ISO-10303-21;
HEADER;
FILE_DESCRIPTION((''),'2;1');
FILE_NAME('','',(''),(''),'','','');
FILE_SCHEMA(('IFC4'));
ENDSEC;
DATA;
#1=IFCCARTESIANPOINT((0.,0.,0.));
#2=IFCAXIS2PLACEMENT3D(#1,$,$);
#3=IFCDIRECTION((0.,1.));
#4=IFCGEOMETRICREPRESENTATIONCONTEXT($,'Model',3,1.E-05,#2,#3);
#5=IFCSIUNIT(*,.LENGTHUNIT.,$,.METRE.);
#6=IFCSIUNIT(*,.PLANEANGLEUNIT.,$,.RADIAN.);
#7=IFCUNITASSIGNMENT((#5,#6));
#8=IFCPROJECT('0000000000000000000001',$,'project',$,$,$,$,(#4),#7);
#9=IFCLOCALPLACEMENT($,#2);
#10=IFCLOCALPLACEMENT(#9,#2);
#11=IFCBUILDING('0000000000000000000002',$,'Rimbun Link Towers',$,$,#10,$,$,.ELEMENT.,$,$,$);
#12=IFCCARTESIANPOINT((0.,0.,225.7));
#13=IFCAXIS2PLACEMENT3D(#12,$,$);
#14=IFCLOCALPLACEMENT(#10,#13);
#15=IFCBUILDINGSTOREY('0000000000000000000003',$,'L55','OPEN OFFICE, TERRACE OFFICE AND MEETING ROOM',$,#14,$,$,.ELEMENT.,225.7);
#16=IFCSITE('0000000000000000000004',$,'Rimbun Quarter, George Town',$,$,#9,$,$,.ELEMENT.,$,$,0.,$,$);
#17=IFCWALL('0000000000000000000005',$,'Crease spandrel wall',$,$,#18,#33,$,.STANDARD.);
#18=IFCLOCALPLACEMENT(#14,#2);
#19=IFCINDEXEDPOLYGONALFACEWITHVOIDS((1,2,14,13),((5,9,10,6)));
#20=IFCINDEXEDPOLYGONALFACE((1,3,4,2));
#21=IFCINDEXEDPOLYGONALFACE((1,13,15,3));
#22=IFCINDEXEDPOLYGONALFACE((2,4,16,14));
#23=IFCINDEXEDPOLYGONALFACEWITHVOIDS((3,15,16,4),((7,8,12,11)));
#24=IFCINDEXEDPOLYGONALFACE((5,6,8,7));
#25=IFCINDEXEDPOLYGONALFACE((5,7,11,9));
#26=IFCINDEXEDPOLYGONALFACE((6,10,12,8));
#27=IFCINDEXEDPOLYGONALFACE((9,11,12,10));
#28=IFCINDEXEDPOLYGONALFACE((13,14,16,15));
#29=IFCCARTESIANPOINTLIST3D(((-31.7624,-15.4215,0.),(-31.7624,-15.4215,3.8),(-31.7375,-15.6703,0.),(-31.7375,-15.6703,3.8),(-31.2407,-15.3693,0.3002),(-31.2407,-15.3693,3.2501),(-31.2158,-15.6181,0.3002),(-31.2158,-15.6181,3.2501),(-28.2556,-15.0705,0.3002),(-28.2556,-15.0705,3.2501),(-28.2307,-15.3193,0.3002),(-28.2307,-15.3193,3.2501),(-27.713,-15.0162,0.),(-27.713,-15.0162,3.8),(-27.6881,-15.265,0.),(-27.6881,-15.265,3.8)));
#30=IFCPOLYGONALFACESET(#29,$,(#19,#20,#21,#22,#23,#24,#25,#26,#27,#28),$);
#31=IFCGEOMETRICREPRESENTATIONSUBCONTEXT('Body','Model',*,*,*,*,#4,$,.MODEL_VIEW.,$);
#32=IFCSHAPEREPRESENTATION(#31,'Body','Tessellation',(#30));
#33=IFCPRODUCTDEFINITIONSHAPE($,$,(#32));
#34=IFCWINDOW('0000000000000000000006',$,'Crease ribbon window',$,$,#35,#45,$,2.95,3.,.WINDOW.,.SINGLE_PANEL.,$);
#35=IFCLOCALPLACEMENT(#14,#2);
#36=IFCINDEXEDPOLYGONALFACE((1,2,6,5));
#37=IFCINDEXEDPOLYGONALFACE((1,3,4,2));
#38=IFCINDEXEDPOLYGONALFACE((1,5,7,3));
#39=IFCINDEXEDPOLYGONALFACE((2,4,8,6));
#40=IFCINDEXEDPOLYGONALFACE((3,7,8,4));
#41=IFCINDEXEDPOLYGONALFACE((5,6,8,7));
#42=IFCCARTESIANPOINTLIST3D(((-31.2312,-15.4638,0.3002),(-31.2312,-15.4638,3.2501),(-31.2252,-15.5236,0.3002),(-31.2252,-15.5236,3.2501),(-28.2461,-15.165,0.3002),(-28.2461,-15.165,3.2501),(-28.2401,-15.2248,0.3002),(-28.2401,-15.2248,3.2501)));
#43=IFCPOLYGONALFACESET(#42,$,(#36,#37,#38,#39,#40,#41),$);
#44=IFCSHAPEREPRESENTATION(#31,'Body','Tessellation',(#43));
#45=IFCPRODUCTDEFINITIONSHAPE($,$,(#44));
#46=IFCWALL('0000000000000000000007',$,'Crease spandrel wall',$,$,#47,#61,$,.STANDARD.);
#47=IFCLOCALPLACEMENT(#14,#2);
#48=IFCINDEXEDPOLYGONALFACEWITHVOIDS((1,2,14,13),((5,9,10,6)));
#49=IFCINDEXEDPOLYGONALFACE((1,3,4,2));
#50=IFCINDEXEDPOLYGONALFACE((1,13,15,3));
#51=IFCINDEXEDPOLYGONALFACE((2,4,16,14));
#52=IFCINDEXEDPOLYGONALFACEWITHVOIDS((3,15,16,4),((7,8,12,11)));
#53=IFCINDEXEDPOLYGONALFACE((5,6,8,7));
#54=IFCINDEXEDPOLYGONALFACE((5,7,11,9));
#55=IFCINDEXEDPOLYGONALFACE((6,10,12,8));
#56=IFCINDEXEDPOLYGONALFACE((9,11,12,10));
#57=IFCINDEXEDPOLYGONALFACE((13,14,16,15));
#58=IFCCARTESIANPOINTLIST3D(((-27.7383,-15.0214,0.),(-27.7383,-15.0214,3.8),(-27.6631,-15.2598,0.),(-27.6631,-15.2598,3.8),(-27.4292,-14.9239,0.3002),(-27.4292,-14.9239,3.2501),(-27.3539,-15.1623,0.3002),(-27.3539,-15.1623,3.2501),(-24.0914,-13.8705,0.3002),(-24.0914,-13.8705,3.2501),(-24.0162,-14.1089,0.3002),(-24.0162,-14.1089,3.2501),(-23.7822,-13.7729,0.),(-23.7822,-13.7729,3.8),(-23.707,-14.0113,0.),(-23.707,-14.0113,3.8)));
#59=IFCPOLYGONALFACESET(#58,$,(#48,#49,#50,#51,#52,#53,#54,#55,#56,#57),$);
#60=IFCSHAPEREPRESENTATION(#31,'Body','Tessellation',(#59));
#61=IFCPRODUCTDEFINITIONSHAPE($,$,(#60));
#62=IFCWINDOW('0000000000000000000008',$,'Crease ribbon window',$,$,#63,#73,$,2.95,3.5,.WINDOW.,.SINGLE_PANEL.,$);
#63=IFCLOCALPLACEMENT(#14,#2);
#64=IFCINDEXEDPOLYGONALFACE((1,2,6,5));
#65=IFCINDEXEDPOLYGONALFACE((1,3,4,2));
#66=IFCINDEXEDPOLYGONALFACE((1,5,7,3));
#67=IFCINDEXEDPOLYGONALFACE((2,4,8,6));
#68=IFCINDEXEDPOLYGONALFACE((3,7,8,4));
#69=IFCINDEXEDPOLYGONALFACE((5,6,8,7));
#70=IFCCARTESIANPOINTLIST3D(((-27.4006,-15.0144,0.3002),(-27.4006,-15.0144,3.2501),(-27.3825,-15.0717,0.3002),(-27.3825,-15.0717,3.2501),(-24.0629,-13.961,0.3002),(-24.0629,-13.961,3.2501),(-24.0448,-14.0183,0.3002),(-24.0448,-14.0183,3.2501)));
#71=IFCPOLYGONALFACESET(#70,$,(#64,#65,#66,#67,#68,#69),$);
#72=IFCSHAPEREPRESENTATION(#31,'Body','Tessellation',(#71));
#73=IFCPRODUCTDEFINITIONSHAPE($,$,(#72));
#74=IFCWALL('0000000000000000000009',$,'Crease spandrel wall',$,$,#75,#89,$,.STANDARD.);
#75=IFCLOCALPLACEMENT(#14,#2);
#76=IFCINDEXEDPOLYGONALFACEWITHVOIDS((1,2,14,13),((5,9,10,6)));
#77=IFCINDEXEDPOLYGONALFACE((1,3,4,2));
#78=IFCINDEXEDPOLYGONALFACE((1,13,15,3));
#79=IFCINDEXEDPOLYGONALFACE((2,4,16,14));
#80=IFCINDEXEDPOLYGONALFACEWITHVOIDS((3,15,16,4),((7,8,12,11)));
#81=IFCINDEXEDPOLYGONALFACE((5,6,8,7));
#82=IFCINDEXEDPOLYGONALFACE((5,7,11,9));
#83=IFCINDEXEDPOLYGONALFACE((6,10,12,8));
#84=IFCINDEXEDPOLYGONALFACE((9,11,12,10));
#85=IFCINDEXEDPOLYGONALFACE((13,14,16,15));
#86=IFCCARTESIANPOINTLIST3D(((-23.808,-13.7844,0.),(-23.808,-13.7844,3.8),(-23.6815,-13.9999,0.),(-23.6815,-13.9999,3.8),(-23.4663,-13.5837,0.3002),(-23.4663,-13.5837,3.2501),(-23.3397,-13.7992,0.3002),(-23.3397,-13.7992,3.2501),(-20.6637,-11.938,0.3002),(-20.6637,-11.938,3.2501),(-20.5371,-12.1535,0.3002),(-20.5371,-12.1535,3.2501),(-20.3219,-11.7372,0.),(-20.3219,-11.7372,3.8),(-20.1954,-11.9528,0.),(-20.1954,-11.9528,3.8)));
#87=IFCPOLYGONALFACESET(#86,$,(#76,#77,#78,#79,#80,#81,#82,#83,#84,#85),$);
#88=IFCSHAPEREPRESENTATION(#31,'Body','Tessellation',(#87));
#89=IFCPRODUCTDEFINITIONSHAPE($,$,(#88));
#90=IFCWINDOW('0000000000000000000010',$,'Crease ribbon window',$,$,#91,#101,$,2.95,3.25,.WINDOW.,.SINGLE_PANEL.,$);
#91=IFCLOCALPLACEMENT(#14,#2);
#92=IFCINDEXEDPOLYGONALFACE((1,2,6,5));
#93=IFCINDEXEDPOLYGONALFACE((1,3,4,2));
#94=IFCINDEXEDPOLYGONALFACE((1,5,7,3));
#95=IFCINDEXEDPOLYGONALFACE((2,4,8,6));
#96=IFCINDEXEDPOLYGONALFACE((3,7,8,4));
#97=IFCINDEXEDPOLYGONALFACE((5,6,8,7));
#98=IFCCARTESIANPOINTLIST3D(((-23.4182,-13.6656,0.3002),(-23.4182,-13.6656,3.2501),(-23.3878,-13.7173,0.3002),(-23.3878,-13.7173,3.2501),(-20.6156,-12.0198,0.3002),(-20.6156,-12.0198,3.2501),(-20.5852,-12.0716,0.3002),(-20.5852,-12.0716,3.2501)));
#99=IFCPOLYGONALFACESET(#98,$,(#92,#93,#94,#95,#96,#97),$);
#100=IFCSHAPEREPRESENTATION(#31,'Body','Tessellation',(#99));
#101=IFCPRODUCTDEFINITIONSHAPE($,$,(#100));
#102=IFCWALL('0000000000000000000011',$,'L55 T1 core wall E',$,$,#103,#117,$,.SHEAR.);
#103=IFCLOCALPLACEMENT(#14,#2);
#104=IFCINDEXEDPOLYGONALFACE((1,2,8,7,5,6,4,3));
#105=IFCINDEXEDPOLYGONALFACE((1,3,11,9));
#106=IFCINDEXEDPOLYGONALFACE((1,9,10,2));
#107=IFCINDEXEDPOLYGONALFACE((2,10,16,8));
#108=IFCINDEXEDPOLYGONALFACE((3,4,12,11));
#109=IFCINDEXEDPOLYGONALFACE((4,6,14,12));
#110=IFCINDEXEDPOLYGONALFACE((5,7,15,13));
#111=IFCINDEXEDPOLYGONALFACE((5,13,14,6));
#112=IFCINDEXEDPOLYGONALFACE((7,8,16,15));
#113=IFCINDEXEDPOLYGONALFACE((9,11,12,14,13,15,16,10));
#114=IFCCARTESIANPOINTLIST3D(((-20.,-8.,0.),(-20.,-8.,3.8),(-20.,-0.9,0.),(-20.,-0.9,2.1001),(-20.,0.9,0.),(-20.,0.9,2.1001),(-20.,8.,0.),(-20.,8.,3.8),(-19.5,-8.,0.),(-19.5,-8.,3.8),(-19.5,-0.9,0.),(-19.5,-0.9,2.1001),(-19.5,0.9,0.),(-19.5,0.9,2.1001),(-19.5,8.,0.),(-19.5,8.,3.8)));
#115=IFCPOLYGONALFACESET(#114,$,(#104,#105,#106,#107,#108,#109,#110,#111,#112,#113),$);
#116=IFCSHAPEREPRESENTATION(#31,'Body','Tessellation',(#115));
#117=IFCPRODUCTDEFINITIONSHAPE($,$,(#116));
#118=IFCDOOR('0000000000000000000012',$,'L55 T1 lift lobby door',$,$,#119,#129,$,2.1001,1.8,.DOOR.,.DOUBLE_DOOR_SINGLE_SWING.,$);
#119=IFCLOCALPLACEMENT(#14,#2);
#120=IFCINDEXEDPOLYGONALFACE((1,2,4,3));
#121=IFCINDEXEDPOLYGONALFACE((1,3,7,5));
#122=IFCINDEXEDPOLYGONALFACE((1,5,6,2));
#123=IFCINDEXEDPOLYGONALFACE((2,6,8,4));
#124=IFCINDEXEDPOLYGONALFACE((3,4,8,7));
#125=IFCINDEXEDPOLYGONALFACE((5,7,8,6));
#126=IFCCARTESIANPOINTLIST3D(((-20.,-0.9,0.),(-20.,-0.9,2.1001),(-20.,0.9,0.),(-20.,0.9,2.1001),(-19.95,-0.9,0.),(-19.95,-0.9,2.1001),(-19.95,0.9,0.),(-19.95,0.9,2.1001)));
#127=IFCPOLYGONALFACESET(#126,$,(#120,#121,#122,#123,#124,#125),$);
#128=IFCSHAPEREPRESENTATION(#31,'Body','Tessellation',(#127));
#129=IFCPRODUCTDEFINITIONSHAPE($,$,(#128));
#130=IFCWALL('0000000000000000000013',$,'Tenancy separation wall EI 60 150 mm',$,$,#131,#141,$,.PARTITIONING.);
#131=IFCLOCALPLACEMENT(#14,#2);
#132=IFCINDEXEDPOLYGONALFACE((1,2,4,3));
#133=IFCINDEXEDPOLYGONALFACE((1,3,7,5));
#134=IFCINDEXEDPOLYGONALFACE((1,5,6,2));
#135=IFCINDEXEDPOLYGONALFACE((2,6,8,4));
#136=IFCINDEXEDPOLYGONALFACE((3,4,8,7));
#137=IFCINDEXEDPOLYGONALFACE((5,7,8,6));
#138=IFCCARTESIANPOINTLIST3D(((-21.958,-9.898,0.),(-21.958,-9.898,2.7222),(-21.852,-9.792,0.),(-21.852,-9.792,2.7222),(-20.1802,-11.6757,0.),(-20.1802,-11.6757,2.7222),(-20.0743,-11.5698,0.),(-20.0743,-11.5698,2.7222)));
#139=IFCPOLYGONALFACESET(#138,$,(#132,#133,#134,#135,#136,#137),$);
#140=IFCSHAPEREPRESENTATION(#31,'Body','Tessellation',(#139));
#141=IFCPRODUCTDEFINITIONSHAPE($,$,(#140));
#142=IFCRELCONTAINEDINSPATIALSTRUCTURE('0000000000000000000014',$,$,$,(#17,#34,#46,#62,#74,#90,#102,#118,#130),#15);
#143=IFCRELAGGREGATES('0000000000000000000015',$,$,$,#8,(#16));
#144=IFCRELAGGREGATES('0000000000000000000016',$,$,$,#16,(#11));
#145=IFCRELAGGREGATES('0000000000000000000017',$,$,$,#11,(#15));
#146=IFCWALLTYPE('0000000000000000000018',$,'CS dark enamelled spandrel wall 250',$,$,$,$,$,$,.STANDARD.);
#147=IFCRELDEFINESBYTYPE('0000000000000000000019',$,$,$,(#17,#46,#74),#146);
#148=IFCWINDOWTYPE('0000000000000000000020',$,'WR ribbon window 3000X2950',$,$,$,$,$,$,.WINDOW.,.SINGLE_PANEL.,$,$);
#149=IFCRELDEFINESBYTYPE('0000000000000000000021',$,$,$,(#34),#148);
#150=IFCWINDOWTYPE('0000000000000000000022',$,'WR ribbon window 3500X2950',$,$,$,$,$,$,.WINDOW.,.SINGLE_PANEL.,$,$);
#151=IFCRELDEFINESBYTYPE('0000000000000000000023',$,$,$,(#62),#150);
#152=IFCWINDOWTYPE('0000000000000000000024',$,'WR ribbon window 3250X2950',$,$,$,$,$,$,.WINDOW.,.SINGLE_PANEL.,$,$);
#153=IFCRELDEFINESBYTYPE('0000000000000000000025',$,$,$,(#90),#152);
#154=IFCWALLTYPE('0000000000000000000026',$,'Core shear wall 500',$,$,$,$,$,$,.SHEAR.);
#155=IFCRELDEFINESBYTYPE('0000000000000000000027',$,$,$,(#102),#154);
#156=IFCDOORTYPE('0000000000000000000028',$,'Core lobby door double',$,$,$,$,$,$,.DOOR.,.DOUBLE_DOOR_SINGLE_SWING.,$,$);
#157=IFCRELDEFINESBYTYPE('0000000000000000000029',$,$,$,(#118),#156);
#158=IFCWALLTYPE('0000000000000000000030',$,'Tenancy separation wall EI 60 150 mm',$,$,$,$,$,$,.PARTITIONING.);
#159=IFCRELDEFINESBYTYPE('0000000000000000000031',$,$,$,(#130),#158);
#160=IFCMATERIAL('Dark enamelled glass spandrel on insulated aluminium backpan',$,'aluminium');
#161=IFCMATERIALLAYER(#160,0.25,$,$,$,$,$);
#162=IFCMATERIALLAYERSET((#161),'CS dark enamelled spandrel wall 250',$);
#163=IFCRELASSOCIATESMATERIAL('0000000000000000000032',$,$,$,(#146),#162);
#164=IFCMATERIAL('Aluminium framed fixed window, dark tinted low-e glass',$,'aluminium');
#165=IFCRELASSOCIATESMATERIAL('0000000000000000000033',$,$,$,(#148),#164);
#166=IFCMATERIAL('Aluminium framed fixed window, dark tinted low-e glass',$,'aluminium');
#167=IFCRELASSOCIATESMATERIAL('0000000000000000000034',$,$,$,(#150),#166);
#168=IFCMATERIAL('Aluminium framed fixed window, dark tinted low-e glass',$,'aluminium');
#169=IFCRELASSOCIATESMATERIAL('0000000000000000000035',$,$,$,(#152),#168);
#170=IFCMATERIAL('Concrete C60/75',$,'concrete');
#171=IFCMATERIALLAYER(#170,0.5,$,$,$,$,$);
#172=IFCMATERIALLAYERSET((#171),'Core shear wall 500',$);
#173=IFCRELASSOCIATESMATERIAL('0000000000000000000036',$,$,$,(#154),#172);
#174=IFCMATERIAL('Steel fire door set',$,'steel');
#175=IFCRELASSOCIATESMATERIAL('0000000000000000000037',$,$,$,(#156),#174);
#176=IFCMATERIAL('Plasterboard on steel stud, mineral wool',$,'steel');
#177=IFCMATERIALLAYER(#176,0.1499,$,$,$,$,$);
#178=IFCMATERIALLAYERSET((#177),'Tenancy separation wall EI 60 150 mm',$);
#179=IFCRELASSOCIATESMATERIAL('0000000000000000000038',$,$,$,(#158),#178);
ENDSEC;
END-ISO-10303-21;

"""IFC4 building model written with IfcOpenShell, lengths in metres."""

from ifc_helpers import new_model, si_unit, direction, frame, frame_2d, origin, place, context, subcontext, project, spatial, rectangle, extrude, material, layer, layer_set, type_object, element, fill, save


model = new_model("IFC4")

# Units and contexts
model_context = context("Model", 3, precision=1e-05, world=origin(), true_north=direction((0.0, 1.0)))
body_context = subcontext(model_context, "Body", "Model", "MODEL_VIEW")
ifc_project = project(units=[si_unit("LENGTHUNIT", "METRE"), si_unit("PLANEANGLEUNIT", "RADIAN")], contexts=[model_context])

# Site, building, storey
site_placement = place(None, origin())
site = spatial("IfcSite", under=ifc_project, at=site_placement, Name="Rimbun Quarter, George Town", CompositionType="ELEMENT", RefElevation=0.0)
building_placement = place(site_placement, origin())
building = spatial("IfcBuilding", under=site, at=building_placement, Name="Rimbun Link Towers", CompositionType="ELEMENT")
storey_placement = place(building_placement, frame((0.0, 0.0, 225.7)))
storey = spatial("IfcBuildingStorey", under=building, at=storey_placement, Name="L55", Description="OPEN OFFICE, TERRACE OFFICE AND MEETING ROOM", CompositionType="ELEMENT", Elevation=225.7)

# Walls, openings, windows
ifc_material_1 = material(Name="Dark enamelled glass spandrel on insulated aluminium backpan", Category="aluminium")
ifc_layer_1 = layer(ifc_material_1, 0.25)
ifc_layer_set_1 = layer_set([ifc_layer_1], Name="CS dark enamelled spandrel wall 250")
wall_type_1 = type_object("IfcWallType", Name="CS dark enamelled spandrel wall 250", PredefinedType="STANDARD", material=ifc_layer_set_1)
wall_1_placement = place(storey_placement, frame((-27.7007, -15.1406, 0.0), z_axis=(0.0, 0.0, 1.0), x_axis=(-0.995029, -0.099587, 0.0)))
wall_1 = element("IfcWall", 1, at=wall_1_placement, inside=storey, type_object=wall_type_1, Name="Crease spandrel wall", PredefinedType="STANDARD", context=body_context, shape_type="SweptSolid", body=[
    extrude(rectangle(XDim=4.0696, YDim=0.25, at=frame_2d((2.0347, 0.0))), origin(), (0.0, 0.0, 1.0), 3.8),
])
opening_1_placement = place(wall_1_placement, frame((0.5452, 0.0, 0.3)))
opening_1 = element("IfcOpeningElement", 2, at=opening_1_placement, cuts=wall_1, PredefinedType="OPENING", context=body_context, shape_type="SweptSolid", body=[
    extrude(rectangle(XDim=3.0, YDim=2.95, at=frame_2d((1.5, 1.4751))), frame((0.0, 0.135, 0.0), z_axis=(0.0, -1.0, 0.0), x_axis=(1.0, 0.0, 0.0)), (0.0, 0.0, 1.0), 0.27),
])
ifc_material_2 = material(Name="Aluminium framed fixed window, dark tinted low-e glass", Category="aluminium")
window_type_1 = type_object("IfcWindowType", Name="WR ribbon window 3000X2950", PartitioningType="SINGLE_PANEL", PredefinedType="WINDOW", material=ifc_material_2)
window_1_placement = place(opening_1_placement, origin())
window_1 = element("IfcWindow", 3, at=window_1_placement, inside=storey, type_object=window_type_1, Name="Crease ribbon window", OverallHeight=2.95, OverallWidth=3.0, PartitioningType="SINGLE_PANEL", PredefinedType="WINDOW", context=body_context, shape_type="SweptSolid", body=[
    extrude(rectangle(XDim=3.0, YDim=2.95, at=frame_2d((1.5, 1.4751))), frame((0.0, 0.03, 0.0), z_axis=(0.0, -1.0, 0.0), x_axis=(1.0, 0.0, 0.0)), (0.0, 0.0, 1.0), 0.0601),
])
fill(opening_1, window_1)
wall_2_placement = place(storey_placement, frame((-23.7446, -13.8921, 0.0), z_axis=(0.0, 0.0, 1.0), x_axis=(-0.953634, -0.300968, 0.0)))
wall_2 = element("IfcWall", 4, at=wall_2_placement, inside=storey, type_object=wall_type_1, Name="Crease spandrel wall", PredefinedType="STANDARD", context=body_context, shape_type="SweptSolid", body=[
    extrude(rectangle(XDim=4.1484, YDim=0.25, at=frame_2d((2.0742, 0.0))), origin(), (0.0, 0.0, 1.0), 3.8),
])
opening_2_placement = place(wall_2_placement, frame((0.3242, 0.0, 0.3)))
opening_2 = element("IfcOpeningElement", 5, at=opening_2_placement, cuts=wall_2, PredefinedType="OPENING", context=body_context, shape_type="SweptSolid", body=[
    extrude(rectangle(XDim=3.5, YDim=2.95, at=frame_2d((1.75, 1.4751))), frame((0.0, 0.135, 0.0), z_axis=(0.0, -1.0, 0.0), x_axis=(1.0, 0.0, 0.0)), (0.0, 0.0, 1.0), 0.27),
])
ifc_material_3 = material(Name="Aluminium framed fixed window, dark tinted low-e glass", Category="aluminium")
window_type_2 = type_object("IfcWindowType", Name="WR ribbon window 3500X2950", PartitioningType="SINGLE_PANEL", PredefinedType="WINDOW", material=ifc_material_3)
window_2_placement = place(opening_2_placement, origin())
window_2 = element("IfcWindow", 6, at=window_2_placement, inside=storey, type_object=window_type_2, Name="Crease ribbon window", OverallHeight=2.95, OverallWidth=3.5, PartitioningType="SINGLE_PANEL", PredefinedType="WINDOW", context=body_context, shape_type="SweptSolid", body=[
    extrude(rectangle(XDim=3.5, YDim=2.95, at=frame_2d((1.75, 1.4751))), frame((0.0, 0.03, 0.0), z_axis=(0.0, -1.0, 0.0), x_axis=(1.0, 0.0, 0.0)), (0.0, 0.0, 1.0), 0.0601),
])
fill(opening_2, window_2)
wall_3_placement = place(storey_placement, frame((-20.2585, -11.845, 0.0), z_axis=(0.0, 0.0, 1.0), x_axis=(-0.862314, -0.506373, 0.0)))
wall_3 = element("IfcWall", 7, at=wall_3_placement, inside=storey, type_object=wall_type_1, Name="Crease spandrel wall", PredefinedType="STANDARD", context=body_context, shape_type="SweptSolid", body=[
    extrude(rectangle(XDim=4.0427, YDim=0.25, at=frame_2d((2.0215, 0.0))), origin(), (0.0, 0.0, 1.0), 3.8),
])
opening_3_placement = place(wall_3_placement, frame((0.3965, 0.0, 0.3)))
opening_3 = element("IfcOpeningElement", 8, at=opening_3_placement, cuts=wall_3, PredefinedType="OPENING", context=body_context, shape_type="SweptSolid", body=[
    extrude(rectangle(XDim=3.25, YDim=2.95, at=frame_2d((1.625, 1.4751))), frame((0.0, 0.135, 0.0), z_axis=(0.0, -1.0, 0.0), x_axis=(1.0, 0.0, 0.0)), (0.0, 0.0, 1.0), 0.27),
])
ifc_material_4 = material(Name="Aluminium framed fixed window, dark tinted low-e glass", Category="aluminium")
window_type_3 = type_object("IfcWindowType", Name="WR ribbon window 3250X2950", PartitioningType="SINGLE_PANEL", PredefinedType="WINDOW", material=ifc_material_4)
window_3_placement = place(opening_3_placement, origin())
window_3 = element("IfcWindow", 9, at=window_3_placement, inside=storey, type_object=window_type_3, Name="Crease ribbon window", OverallHeight=2.95, OverallWidth=3.25, PartitioningType="SINGLE_PANEL", PredefinedType="WINDOW", context=body_context, shape_type="SweptSolid", body=[
    extrude(rectangle(XDim=3.25, YDim=2.95, at=frame_2d((1.625, 1.4751))), frame((0.0, 0.03, 0.0), z_axis=(0.0, -1.0, 0.0), x_axis=(1.0, 0.0, 0.0)), (0.0, 0.0, 1.0), 0.0601),
])
fill(opening_3, window_3)

# Wall, opening, door
ifc_material_5 = material(Name="Concrete C60/75", Category="concrete")
ifc_layer_2 = layer(ifc_material_5, 0.5)
ifc_layer_set_2 = layer_set([ifc_layer_2], Name="Core shear wall 500")
wall_type_2 = type_object("IfcWallType", Name="Core shear wall 500", PredefinedType="SHEAR", material=ifc_layer_set_2)
wall_4_placement = place(storey_placement, frame((-19.75, -8.0, 0.0), z_axis=(0.0, 0.0, 1.0), x_axis=(0.0, 1.0, 0.0)))
wall_4 = element("IfcWall", 10, at=wall_4_placement, inside=storey, type_object=wall_type_2, Name="L55 T1 core wall E", PredefinedType="SHEAR", context=body_context, shape_type="SweptSolid", body=[
    extrude(rectangle(XDim=16.0, YDim=0.5, at=frame_2d((8.0, 0.0))), origin(), (0.0, 0.0, 1.0), 3.8),
])
opening_4_placement = place(wall_4_placement, frame((7.1001, 0.0, 0.0)))
opening_4 = element("IfcOpeningElement", 11, at=opening_4_placement, cuts=wall_4, PredefinedType="OPENING", context=body_context, shape_type="SweptSolid", body=[
    extrude(rectangle(XDim=1.8, YDim=2.1001, at=frame_2d((0.8999, 1.05))), frame((0.0, 0.26, 0.0), z_axis=(0.0, -1.0, 0.0), x_axis=(1.0, 0.0, 0.0)), (0.0, 0.0, 1.0), 0.52),
])
ifc_material_6 = material(Name="Steel fire door set", Category="steel")
door_type = type_object("IfcDoorType", Name="Core lobby door double", OperationType="DOUBLE_DOOR_SINGLE_SWING", PredefinedType="DOOR", material=ifc_material_6)
door_placement = place(opening_4_placement, origin())
door = element("IfcDoor", 12, at=door_placement, inside=storey, type_object=door_type, Name="L55 T1 lift lobby door", OperationType="DOUBLE_DOOR_SINGLE_SWING", OverallHeight=2.1001, OverallWidth=1.8, PredefinedType="DOOR", context=body_context, shape_type="SweptSolid", body=[
    extrude(rectangle(XDim=1.8, YDim=2.1001, at=frame_2d((0.8999, 1.05))), frame((0.0, 0.25, 0.0), z_axis=(0.0, -1.0, 0.0), x_axis=(1.0, 0.0, 0.0)), (0.0, 0.0, 1.0), 0.05),
])
fill(opening_4, door)

# Wall
ifc_material_7 = material(Name="Plasterboard on steel stud, mineral wool", Category="steel")
ifc_layer_3 = layer(ifc_material_7, 0.1499)
ifc_layer_set_3 = layer_set([ifc_layer_3], Name="Tenancy separation wall EI 60 150 mm")
wall_type_3 = type_object("IfcWallType", Name="Tenancy separation wall EI 60 150 mm", PredefinedType="PARTITIONING", material=ifc_layer_set_3)
wall_5_placement = place(storey_placement, frame((-21.905, -9.845, 0.0), z_axis=(0.0, 0.0, 1.0), x_axis=(0.707107, -0.707107, 0.0)))
element("IfcWall", 13, at=wall_5_placement, inside=storey, type_object=wall_type_3, Name="Tenancy separation wall EI 60 150 mm", PredefinedType="PARTITIONING", context=body_context, shape_type="SweptSolid", body=[
    extrude(rectangle(XDim=2.5142, YDim=0.1499, at=frame_2d((1.2571, 0.0))), origin(), (0.0, 0.0, 1.0), 2.7222),
])

save(model, "model.ifc")
